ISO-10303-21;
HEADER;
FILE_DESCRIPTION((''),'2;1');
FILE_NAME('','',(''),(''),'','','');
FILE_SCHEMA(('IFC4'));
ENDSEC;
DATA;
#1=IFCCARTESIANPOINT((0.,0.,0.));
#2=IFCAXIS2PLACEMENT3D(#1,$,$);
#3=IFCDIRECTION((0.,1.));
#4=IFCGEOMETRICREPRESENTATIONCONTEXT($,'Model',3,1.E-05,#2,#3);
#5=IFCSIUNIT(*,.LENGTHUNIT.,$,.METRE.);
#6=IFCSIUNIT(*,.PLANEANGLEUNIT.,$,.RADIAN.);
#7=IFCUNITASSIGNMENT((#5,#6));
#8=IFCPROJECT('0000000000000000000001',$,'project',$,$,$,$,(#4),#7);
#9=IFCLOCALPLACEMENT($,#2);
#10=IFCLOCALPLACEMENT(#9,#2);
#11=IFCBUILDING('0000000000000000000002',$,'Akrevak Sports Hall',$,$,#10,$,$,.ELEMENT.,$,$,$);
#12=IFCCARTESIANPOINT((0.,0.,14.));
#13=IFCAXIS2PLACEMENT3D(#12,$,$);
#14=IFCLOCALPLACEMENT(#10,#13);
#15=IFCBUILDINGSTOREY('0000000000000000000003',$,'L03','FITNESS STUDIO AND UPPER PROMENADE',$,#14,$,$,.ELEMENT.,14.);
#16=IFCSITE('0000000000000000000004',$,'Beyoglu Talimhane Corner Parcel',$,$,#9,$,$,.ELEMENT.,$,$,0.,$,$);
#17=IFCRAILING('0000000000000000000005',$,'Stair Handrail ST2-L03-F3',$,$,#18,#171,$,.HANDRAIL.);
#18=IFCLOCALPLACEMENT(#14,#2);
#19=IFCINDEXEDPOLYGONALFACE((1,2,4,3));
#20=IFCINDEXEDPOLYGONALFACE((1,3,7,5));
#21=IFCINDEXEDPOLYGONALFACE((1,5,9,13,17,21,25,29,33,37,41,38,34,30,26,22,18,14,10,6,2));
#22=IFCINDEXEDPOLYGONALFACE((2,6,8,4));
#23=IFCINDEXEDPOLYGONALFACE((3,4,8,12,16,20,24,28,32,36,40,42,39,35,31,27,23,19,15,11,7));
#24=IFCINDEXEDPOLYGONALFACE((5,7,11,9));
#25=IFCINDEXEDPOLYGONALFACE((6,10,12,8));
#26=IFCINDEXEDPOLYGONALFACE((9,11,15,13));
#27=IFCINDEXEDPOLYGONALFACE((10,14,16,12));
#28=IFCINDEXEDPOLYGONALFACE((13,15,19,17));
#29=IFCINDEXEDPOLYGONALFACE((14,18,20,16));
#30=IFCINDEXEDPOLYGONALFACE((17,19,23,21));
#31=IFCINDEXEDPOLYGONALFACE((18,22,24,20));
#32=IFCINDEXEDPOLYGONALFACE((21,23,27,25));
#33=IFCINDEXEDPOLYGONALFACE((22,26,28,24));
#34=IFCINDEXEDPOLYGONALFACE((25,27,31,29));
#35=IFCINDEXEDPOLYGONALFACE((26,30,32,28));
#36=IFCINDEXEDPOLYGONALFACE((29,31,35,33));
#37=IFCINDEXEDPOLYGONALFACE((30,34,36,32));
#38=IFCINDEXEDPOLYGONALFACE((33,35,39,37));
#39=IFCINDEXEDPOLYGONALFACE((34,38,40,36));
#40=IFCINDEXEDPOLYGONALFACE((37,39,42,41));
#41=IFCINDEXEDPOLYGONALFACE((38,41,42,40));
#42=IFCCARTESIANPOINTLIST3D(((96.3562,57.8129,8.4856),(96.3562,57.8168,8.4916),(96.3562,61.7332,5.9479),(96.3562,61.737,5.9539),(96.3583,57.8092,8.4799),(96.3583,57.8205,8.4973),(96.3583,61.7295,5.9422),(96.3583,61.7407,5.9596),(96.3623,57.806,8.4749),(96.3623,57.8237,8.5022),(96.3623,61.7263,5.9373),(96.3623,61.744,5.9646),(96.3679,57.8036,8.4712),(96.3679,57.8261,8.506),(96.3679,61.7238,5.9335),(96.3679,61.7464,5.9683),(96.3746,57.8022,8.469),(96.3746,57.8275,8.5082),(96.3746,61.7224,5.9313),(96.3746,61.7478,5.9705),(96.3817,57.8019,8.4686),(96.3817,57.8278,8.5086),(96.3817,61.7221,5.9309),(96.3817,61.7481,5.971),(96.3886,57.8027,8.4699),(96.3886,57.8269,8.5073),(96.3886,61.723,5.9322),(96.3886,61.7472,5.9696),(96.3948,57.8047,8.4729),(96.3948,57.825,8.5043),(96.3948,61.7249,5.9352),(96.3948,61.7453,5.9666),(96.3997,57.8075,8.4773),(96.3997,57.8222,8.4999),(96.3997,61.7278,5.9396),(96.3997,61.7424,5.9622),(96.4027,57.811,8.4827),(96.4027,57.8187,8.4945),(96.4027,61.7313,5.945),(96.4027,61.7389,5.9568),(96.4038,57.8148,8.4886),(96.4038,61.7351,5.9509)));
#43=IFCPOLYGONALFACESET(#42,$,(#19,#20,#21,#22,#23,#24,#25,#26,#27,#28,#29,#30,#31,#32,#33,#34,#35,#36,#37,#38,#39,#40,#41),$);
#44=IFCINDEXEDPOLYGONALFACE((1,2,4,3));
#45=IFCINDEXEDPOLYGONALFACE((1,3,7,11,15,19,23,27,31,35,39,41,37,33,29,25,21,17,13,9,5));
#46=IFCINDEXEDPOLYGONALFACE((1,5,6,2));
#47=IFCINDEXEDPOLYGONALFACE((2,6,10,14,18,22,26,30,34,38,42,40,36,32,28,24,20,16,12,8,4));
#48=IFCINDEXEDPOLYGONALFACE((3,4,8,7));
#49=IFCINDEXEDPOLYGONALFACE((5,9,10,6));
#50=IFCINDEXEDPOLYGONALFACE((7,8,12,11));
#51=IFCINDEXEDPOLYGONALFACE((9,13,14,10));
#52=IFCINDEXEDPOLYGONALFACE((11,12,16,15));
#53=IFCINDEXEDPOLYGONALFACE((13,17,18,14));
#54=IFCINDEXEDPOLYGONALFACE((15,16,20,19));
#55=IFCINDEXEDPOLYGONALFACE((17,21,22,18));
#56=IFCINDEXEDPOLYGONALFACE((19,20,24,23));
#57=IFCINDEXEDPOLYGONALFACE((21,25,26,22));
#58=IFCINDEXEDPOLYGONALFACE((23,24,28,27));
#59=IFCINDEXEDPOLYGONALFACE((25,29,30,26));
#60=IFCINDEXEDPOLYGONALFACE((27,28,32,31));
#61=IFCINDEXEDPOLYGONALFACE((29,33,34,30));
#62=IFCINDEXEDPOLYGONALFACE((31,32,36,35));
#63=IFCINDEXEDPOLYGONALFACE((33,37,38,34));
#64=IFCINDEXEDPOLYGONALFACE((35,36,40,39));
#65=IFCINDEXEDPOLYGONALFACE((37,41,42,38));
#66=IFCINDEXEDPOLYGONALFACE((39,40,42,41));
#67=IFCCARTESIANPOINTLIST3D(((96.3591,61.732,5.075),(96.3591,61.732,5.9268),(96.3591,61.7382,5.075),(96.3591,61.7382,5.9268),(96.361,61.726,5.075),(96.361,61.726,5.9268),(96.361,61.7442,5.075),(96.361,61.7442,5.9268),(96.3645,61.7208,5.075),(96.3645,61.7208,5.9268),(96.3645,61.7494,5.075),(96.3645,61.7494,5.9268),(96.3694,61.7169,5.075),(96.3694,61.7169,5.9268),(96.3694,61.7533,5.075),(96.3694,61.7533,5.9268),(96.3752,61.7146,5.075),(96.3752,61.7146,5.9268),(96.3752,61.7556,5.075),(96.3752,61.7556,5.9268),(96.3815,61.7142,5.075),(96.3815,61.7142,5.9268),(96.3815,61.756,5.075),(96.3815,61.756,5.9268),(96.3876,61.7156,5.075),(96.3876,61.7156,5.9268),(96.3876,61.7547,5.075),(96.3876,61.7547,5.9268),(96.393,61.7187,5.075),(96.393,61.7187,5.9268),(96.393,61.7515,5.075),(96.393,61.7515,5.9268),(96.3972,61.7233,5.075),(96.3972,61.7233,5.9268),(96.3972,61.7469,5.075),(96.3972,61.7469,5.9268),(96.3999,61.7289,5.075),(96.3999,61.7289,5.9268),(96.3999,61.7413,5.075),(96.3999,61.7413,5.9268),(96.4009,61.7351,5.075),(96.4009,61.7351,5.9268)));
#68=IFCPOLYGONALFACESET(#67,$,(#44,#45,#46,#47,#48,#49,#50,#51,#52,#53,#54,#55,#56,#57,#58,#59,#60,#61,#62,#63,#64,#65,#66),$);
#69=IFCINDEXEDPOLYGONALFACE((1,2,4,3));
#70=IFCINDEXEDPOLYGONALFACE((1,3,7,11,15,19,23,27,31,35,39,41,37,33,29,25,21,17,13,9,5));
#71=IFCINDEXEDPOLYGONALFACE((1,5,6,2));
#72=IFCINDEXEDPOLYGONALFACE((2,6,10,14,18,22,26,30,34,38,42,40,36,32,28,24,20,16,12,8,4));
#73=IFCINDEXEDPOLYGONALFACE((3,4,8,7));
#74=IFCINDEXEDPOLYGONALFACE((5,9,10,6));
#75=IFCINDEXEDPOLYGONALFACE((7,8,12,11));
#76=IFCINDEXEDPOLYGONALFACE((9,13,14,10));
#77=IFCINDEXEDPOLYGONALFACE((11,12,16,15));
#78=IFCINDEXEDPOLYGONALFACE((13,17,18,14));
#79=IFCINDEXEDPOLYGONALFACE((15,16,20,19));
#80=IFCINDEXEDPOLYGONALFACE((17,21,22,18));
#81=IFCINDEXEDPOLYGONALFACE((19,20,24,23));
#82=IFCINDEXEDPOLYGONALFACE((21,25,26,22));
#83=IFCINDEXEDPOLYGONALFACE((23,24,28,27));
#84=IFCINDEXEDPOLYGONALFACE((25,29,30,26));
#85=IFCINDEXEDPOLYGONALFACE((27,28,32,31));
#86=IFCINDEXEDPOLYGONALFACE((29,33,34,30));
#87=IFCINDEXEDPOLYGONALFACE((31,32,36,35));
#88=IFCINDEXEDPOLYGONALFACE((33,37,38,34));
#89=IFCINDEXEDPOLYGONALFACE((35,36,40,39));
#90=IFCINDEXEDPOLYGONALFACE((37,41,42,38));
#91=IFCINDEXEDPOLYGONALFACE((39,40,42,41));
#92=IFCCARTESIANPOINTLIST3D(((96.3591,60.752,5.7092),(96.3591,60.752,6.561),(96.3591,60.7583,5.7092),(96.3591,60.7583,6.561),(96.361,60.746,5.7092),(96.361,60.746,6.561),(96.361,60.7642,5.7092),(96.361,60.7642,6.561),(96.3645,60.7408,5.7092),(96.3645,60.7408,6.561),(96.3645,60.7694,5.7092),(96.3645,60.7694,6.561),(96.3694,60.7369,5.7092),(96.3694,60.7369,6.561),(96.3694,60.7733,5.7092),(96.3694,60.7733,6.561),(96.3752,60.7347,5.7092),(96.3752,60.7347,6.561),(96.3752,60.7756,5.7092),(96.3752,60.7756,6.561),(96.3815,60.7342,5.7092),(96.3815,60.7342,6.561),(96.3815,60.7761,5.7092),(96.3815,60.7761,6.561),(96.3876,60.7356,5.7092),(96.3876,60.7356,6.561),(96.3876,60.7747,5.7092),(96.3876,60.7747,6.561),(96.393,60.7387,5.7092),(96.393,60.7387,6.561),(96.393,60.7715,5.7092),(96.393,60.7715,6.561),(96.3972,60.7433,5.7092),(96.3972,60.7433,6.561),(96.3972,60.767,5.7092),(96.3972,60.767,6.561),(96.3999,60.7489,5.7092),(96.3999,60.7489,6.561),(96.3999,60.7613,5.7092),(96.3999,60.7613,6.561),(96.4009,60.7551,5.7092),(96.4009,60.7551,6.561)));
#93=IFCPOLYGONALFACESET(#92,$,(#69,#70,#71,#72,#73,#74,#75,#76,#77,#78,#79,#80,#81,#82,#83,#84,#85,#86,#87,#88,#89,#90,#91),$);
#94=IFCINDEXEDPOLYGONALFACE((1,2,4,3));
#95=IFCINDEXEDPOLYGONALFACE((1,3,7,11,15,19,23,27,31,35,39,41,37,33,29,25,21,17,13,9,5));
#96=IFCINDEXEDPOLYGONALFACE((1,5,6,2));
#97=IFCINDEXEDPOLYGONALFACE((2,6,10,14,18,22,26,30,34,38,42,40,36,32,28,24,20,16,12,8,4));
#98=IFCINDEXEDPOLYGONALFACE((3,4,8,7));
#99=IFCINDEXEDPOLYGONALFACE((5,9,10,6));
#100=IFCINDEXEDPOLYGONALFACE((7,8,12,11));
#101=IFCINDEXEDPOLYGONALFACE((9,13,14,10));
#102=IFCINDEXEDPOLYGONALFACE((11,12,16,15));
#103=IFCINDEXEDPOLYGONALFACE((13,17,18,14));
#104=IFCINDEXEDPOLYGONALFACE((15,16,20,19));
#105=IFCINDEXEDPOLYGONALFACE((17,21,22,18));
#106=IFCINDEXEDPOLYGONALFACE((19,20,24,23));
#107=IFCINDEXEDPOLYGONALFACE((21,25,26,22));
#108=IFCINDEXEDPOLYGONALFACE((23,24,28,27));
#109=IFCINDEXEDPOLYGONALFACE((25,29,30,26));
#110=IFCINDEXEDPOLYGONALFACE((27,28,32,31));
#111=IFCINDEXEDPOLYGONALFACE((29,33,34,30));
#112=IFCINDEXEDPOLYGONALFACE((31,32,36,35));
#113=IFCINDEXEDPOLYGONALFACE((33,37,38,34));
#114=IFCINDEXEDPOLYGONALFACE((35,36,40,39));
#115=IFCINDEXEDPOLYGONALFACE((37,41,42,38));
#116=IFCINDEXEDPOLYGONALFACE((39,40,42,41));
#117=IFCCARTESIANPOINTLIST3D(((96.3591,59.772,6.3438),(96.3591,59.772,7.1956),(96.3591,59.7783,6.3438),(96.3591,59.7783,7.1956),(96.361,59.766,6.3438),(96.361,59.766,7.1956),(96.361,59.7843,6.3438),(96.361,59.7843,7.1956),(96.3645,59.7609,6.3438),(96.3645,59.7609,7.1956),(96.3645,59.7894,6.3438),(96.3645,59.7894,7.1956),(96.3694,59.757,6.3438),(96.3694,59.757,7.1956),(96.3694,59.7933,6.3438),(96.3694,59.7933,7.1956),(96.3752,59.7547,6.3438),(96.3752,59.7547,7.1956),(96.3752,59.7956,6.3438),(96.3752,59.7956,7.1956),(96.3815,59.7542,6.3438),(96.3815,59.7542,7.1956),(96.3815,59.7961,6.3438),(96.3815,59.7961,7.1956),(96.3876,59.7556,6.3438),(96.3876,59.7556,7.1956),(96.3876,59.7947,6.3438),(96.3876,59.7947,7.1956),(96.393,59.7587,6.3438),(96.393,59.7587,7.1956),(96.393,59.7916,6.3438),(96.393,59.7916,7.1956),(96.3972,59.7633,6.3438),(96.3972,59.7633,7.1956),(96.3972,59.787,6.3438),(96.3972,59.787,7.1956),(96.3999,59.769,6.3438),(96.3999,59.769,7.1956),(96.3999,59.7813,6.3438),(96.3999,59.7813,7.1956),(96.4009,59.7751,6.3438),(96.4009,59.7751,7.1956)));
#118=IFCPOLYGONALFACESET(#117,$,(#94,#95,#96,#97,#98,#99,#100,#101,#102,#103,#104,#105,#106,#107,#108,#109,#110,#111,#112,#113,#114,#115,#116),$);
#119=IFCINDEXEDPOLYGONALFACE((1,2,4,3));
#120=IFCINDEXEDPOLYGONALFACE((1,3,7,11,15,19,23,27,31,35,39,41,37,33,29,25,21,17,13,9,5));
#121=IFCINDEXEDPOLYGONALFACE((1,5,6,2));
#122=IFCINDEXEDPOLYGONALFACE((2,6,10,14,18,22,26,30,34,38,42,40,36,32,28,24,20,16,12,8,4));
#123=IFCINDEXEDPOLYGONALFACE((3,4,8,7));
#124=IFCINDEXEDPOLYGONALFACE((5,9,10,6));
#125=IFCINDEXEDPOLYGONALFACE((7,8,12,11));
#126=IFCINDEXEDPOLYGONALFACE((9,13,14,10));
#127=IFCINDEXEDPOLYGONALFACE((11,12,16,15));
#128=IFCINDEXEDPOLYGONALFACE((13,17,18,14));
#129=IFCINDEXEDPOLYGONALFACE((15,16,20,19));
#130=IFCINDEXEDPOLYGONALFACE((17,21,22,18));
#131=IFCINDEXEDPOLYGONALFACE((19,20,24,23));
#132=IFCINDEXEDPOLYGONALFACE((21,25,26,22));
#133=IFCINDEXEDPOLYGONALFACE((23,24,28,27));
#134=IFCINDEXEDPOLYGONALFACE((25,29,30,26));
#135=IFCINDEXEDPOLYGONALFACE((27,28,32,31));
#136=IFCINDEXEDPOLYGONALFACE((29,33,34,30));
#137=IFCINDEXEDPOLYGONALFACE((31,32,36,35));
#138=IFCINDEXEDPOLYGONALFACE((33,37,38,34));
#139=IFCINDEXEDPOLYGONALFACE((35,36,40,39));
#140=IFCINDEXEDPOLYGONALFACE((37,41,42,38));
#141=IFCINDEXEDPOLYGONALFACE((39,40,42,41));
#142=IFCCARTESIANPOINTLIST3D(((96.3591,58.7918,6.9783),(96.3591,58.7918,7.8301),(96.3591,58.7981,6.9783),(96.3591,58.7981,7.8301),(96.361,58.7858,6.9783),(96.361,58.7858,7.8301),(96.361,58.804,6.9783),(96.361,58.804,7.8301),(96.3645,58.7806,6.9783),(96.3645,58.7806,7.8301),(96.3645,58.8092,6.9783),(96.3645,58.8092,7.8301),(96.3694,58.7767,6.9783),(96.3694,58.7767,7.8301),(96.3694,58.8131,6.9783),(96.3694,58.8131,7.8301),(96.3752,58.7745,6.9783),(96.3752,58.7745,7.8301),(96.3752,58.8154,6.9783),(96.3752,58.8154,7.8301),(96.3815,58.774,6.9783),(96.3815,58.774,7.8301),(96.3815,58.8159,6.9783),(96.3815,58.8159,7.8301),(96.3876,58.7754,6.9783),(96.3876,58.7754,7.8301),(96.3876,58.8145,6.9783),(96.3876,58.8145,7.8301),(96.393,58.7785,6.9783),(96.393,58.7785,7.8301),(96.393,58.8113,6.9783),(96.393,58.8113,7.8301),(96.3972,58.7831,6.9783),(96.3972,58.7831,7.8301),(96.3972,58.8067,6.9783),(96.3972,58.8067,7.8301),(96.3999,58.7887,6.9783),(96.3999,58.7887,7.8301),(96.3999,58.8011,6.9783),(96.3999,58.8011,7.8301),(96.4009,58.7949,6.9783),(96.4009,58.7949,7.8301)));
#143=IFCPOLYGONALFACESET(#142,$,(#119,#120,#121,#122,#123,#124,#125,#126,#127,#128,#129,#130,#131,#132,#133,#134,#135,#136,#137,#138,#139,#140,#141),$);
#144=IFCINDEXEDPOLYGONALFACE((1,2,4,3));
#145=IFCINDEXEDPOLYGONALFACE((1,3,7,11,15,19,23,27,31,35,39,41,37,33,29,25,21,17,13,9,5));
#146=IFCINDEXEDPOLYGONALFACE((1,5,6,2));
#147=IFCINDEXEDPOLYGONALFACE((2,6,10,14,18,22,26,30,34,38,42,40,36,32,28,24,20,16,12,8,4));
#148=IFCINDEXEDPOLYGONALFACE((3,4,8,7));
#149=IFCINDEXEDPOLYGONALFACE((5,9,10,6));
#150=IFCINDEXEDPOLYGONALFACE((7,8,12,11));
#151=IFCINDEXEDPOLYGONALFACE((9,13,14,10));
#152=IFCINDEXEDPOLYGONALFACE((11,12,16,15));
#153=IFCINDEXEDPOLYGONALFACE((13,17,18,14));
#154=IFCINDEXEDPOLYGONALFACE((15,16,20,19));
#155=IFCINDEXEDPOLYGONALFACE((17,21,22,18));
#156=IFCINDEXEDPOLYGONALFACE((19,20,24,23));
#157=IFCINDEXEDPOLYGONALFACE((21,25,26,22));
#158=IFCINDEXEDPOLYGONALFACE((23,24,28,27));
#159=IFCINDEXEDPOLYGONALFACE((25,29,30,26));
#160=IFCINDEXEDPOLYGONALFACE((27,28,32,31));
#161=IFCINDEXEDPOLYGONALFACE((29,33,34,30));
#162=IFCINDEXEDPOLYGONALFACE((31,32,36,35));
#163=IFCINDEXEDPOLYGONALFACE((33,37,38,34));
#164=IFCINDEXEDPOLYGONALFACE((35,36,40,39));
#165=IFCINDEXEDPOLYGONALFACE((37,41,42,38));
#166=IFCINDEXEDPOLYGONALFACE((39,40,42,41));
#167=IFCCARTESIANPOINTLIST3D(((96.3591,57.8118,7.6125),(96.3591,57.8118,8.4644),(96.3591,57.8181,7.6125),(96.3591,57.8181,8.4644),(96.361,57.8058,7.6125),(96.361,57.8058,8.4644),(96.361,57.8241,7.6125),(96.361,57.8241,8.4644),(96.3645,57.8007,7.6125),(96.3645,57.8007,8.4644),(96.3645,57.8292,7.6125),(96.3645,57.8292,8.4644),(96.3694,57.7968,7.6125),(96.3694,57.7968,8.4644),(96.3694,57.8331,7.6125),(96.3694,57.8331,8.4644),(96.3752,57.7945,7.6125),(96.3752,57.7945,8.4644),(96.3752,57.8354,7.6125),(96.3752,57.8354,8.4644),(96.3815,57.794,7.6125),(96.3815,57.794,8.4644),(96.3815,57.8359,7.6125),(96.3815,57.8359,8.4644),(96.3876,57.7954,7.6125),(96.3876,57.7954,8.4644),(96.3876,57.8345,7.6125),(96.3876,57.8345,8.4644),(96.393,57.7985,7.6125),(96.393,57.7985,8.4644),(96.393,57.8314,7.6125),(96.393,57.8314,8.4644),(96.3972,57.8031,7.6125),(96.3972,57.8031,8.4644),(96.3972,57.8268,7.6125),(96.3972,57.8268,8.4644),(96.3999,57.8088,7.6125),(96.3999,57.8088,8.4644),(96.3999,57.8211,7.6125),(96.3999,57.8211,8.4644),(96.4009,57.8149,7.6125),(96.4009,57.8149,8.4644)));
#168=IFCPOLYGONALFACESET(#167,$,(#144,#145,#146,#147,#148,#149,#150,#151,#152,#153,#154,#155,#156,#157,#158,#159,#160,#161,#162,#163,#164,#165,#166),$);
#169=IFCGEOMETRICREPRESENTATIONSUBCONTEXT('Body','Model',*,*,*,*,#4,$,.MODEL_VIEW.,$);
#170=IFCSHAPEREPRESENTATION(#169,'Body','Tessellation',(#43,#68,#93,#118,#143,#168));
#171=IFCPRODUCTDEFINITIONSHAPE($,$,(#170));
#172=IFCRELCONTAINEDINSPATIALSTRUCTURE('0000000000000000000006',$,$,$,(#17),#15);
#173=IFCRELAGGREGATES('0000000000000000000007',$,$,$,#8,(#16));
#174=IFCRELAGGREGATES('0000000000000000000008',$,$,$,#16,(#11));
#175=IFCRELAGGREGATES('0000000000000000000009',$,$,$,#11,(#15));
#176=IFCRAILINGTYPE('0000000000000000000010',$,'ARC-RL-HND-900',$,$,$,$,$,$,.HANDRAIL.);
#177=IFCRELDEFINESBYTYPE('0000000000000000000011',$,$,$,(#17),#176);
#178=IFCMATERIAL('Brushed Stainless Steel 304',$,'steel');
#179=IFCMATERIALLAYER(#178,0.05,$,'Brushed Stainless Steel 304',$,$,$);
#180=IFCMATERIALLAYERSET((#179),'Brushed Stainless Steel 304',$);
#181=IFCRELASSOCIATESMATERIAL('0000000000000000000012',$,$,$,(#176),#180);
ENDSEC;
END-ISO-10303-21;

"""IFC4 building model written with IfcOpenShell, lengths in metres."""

from ifc_helpers import new_model, si_unit, direction, frame, origin, origin_2d, place, context, subcontext, project, spatial, circle, extrude, material, layer, layer_set, type_object, element, save


model = new_model("IFC4")

# Units and contexts
model_context = context("Model", 3, precision=1e-05, world=origin(), true_north=direction((0.0, 1.0)))
body_context = subcontext(model_context, "Body", "Model", "MODEL_VIEW")
ifc_project = project(units=[si_unit("LENGTHUNIT", "METRE"), si_unit("PLANEANGLEUNIT", "RADIAN")], contexts=[model_context])

# Site, building, storey
site_placement = place(None, origin())
site = spatial("IfcSite", under=ifc_project, at=site_placement, Name="Beyoglu Talimhane Corner Parcel", CompositionType="ELEMENT", RefElevation=0.0)
building_placement = place(site_placement, origin())
building = spatial("IfcBuilding", under=site, at=building_placement, Name="Akrevak Sports Hall", CompositionType="ELEMENT")
storey_placement = place(building_placement, frame((0.0, 0.0, 14.0)))
storey = spatial("IfcBuildingStorey", under=building, at=storey_placement, Name="L03", Description="FITNESS STUDIO AND UPPER PROMENADE", CompositionType="ELEMENT", Elevation=14.0)

# Railing
ifc_material_1 = material(Name="Brushed Stainless Steel 304", Category="steel")
ifc_layer_1 = layer(ifc_material_1, 0.05, Name="Brushed Stainless Steel 304")
ifc_layer_set_1 = layer_set([ifc_layer_1], Name="Brushed Stainless Steel 304")
railing_type_1 = type_object("IfcRailingType", Name="ARC-RL-HND-900", PredefinedType="HANDRAIL", material=ifc_layer_set_1)
railing_1_placement = place(storey_placement, frame((96.3799, 61.7351, 5.075)))
element("IfcRailing", 1, at=railing_1_placement, inside=storey, type_object=railing_type_1, Name="Stair Handrail ST2-L03-F3", PredefinedType="HANDRAIL", context=body_context, shape_type="SweptSolid", body=[
    extrude(circle(Radius=0.0239, at=origin_2d()), frame((0.0, 0.0, 0.876), z_axis=(0.0, -0.839471, 0.543405), x_axis=(1.0, 0.0, 0.0)), (0.0, 0.0, 1.0), 4.6699),
    extrude(circle(Radius=0.021, at=origin_2d()), origin(), (0.0, 0.0, 1.0), 0.8518),
    extrude(circle(Radius=0.021, at=origin_2d()), frame((0.0, -0.98, 0.6343)), (0.0, 0.0, 1.0), 0.8518),
    extrude(circle(Radius=0.021, at=origin_2d()), frame((0.0, -1.96, 1.2688)), (0.0, 0.0, 1.0), 0.8518),
    extrude(circle(Radius=0.021, at=origin_2d()), frame((0.0, -2.9402, 1.9033)), (0.0, 0.0, 1.0), 0.8518),
    extrude(circle(Radius=0.021, at=origin_2d()), frame((0.0, -3.9202, 2.5376)), (0.0, 0.0, 1.0), 0.8518),
])

save(model, "model.ifc")
